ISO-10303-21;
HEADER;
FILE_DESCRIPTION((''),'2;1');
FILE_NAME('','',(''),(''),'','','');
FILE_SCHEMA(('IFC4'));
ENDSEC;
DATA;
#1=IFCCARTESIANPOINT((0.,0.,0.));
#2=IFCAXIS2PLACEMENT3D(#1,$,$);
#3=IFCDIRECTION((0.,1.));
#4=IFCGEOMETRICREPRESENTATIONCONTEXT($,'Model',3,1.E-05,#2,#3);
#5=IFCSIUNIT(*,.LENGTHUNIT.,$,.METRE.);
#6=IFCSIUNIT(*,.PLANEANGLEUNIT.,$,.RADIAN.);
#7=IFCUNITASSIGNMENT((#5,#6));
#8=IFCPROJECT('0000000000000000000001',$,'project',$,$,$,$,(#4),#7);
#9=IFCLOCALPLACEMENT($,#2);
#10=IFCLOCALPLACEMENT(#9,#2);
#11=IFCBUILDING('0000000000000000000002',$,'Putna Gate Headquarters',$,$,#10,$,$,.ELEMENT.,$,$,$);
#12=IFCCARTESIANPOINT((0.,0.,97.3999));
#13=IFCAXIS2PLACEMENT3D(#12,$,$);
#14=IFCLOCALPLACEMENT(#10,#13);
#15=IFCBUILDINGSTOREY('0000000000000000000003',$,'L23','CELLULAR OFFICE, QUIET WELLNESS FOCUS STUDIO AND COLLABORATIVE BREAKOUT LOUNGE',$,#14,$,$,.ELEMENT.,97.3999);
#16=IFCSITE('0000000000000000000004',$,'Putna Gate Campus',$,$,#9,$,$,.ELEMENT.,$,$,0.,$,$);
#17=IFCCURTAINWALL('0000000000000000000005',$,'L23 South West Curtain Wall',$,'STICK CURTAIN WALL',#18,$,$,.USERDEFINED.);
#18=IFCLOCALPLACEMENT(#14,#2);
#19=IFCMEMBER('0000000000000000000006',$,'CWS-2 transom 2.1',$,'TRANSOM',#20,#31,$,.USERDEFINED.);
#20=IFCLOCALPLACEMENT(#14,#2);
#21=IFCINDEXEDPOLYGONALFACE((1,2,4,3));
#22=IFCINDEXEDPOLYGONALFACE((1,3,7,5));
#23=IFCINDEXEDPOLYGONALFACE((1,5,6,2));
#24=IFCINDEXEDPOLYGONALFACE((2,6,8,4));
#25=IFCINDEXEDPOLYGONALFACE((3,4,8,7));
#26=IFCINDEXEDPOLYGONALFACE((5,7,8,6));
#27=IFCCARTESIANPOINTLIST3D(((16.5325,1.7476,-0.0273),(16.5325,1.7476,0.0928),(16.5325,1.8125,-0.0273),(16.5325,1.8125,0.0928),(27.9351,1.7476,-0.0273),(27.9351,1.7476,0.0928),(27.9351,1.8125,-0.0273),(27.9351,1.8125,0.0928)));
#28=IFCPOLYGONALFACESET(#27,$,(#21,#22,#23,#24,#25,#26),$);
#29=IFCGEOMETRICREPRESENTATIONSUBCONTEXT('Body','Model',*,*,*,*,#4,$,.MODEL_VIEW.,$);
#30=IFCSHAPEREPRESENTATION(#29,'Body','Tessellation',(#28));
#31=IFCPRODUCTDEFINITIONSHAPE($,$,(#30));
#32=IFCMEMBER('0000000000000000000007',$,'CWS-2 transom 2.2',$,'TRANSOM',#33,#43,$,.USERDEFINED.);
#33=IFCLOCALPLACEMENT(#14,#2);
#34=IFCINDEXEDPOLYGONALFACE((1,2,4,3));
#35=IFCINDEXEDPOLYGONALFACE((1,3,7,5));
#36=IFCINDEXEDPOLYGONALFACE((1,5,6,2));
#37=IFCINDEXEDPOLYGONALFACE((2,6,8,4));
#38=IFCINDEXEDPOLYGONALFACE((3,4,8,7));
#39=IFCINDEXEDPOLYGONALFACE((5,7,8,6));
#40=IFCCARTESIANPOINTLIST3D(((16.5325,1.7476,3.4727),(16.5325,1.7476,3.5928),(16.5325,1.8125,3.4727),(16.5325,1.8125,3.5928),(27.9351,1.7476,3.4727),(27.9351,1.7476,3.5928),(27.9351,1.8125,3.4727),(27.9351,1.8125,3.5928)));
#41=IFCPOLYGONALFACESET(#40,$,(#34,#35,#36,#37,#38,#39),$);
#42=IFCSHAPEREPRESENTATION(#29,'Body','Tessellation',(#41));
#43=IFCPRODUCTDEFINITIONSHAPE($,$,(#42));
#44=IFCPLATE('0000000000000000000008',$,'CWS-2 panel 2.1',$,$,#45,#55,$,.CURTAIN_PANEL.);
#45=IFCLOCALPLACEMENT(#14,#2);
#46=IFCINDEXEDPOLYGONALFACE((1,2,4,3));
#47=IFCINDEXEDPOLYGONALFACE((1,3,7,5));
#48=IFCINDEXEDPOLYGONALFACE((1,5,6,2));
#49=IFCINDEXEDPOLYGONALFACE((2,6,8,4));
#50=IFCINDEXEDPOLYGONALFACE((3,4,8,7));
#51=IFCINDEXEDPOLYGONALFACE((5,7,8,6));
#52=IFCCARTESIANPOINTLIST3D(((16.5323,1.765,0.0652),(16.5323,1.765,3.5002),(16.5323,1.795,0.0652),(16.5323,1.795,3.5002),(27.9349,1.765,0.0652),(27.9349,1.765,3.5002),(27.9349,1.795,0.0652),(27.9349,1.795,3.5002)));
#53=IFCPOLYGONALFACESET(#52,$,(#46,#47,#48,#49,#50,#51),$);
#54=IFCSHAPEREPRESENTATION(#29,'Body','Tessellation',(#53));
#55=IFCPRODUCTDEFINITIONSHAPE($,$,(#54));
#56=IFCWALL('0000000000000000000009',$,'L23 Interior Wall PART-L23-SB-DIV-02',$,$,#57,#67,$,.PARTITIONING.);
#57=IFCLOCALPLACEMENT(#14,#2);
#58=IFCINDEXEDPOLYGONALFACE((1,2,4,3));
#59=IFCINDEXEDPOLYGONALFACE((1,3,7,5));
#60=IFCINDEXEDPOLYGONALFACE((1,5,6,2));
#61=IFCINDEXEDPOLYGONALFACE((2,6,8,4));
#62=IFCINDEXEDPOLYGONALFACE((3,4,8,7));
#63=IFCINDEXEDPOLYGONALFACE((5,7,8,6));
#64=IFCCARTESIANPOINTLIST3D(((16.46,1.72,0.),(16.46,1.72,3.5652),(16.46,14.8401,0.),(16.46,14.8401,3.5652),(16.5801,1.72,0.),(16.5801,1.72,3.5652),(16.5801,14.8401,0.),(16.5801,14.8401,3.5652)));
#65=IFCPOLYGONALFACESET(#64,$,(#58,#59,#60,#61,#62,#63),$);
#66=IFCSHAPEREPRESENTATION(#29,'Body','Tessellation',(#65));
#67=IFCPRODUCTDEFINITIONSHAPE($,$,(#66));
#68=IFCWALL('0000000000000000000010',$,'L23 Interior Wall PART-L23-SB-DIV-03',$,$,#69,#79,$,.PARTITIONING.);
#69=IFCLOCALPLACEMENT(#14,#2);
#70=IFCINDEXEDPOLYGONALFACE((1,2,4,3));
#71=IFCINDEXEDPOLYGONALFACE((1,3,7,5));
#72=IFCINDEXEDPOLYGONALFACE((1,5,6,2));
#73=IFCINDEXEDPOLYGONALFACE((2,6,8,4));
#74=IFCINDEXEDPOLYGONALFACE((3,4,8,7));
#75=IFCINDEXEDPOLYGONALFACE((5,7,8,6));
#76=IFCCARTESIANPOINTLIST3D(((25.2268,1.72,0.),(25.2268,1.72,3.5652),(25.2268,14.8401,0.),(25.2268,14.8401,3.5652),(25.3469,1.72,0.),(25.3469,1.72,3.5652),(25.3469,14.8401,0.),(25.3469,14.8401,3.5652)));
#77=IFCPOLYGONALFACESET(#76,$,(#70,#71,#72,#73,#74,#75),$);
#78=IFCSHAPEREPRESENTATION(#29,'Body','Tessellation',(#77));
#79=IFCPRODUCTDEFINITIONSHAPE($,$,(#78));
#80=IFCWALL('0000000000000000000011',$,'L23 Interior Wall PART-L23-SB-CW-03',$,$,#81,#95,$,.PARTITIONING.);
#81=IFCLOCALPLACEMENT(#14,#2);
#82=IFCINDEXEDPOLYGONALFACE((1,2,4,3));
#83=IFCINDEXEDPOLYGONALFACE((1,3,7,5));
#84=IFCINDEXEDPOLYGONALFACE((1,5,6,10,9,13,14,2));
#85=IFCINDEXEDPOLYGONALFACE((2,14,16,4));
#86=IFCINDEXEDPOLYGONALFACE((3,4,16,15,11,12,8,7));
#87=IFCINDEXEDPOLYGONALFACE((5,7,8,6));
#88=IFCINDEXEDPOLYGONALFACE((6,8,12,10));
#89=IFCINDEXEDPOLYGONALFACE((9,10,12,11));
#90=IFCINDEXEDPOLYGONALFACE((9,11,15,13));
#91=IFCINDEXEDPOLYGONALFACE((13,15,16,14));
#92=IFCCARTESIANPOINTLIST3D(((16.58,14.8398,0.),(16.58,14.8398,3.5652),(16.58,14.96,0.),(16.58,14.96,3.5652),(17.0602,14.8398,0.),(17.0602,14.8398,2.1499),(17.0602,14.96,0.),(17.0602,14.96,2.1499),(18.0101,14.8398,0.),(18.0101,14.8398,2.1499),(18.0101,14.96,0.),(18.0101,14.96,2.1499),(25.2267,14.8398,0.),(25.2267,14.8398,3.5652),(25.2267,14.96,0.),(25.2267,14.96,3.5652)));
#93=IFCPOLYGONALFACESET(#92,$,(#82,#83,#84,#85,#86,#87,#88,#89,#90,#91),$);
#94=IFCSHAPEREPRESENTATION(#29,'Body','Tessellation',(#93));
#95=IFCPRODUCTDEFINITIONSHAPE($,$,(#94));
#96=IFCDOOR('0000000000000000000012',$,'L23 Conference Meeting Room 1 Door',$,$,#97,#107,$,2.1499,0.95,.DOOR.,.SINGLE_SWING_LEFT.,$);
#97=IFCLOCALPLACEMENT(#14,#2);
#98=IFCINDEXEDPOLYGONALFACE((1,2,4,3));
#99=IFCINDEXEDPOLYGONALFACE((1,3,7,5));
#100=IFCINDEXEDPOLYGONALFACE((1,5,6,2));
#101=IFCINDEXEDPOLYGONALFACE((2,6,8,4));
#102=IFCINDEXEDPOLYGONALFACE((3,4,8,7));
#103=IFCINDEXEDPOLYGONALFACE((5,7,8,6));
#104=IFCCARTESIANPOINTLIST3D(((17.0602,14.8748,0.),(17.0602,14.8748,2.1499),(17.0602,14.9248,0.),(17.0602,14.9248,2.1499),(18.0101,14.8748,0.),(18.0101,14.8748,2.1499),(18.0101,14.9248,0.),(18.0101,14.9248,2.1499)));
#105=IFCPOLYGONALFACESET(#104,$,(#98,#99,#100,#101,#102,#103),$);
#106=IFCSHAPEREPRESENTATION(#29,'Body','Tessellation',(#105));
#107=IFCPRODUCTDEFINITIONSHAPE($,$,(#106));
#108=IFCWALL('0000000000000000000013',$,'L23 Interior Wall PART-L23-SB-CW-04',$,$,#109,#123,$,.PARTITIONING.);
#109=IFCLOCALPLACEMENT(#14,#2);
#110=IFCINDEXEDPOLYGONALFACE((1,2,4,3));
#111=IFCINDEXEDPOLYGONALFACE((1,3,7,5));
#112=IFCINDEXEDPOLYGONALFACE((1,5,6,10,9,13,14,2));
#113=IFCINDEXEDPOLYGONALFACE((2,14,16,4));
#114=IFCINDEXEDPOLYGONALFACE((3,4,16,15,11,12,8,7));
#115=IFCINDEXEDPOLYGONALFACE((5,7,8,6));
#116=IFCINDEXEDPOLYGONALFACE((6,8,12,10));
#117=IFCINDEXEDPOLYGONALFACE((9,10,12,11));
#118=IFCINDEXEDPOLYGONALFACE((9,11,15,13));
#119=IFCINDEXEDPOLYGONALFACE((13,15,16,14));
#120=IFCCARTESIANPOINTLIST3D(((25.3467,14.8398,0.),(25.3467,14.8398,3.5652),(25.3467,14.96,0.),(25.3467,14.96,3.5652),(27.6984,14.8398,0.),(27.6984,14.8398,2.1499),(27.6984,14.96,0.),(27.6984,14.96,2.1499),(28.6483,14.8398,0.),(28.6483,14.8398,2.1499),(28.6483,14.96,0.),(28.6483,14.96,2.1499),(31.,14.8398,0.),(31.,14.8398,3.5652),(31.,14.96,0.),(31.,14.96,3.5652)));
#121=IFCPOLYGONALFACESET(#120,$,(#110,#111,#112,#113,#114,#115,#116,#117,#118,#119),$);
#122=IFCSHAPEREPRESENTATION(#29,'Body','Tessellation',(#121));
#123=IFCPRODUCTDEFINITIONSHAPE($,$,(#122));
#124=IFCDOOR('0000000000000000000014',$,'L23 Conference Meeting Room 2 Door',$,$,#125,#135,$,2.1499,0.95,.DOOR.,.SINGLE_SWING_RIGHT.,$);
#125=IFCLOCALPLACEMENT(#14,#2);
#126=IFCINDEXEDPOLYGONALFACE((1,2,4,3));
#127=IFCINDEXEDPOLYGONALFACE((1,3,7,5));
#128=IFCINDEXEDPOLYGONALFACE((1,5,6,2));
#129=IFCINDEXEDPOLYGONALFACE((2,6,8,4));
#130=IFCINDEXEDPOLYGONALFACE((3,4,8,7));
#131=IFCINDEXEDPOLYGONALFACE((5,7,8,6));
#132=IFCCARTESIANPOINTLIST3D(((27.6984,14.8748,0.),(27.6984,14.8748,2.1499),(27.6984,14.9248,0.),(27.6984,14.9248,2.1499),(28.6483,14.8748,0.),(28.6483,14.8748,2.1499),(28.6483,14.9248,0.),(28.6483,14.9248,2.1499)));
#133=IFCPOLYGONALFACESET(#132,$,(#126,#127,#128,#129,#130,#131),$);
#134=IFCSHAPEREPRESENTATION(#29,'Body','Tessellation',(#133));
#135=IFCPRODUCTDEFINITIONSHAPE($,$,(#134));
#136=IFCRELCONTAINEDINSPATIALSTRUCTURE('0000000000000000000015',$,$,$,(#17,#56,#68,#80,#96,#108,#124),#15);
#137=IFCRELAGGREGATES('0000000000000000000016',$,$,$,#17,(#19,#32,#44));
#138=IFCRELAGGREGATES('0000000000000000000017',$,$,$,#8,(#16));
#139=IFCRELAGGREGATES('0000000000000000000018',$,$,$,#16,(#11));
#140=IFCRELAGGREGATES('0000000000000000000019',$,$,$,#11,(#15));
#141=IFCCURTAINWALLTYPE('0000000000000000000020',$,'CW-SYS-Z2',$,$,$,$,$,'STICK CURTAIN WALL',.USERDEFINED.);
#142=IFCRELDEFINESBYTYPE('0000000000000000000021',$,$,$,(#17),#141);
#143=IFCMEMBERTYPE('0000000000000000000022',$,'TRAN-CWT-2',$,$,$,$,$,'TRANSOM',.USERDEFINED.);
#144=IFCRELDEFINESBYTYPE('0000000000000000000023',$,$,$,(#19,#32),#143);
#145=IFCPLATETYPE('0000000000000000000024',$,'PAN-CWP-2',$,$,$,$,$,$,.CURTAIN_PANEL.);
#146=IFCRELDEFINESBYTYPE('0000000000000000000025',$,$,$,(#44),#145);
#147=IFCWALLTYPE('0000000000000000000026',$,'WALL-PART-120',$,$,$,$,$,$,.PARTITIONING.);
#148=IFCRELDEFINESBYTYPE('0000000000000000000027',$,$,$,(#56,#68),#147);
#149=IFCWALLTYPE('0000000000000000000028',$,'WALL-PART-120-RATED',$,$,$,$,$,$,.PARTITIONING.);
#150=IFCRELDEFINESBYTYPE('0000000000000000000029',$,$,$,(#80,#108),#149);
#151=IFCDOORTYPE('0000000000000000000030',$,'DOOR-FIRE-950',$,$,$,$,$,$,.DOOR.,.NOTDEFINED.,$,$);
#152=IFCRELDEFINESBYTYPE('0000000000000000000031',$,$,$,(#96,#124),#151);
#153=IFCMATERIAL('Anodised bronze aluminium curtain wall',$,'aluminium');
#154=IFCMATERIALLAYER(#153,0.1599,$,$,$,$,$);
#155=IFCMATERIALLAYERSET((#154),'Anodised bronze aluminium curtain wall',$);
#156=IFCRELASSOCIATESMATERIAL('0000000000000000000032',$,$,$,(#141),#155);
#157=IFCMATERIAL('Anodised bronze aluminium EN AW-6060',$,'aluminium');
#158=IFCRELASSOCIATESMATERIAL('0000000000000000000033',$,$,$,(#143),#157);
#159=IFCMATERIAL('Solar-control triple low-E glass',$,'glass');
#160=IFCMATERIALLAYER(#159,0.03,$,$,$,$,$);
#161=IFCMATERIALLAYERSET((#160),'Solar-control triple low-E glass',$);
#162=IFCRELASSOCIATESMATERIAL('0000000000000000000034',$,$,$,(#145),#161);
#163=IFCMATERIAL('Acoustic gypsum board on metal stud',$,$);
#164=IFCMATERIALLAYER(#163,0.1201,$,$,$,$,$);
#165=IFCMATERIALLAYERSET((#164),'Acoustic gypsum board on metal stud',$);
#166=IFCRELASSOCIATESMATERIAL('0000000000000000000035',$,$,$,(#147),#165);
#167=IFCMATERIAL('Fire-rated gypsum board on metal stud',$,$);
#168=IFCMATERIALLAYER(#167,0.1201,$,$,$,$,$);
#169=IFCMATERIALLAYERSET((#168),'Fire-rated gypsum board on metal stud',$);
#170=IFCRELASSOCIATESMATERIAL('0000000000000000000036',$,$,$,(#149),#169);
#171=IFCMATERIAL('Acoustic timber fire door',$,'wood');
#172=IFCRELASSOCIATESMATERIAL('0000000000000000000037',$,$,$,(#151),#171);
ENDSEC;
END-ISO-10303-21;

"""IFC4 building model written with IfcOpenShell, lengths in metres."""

from ifc_helpers import new_model, si_unit, direction, frame, frame_2d, origin, origin_2d, place, context, subcontext, project, spatial, rectangle, extrude, material, layer, layer_set, material_profile, profile_set, type_object, element, fill, aggregate, save


model = new_model("IFC4")

# Units and contexts
model_context = context("Model", 3, precision=1e-05, world=origin(), true_north=direction((0.0, 1.0)))
body_context = subcontext(model_context, "Body", "Model", "MODEL_VIEW")
ifc_project = project(units=[si_unit("LENGTHUNIT", "METRE"), si_unit("PLANEANGLEUNIT", "RADIAN")], contexts=[model_context])

# Site, building, storey
site_placement = place(None, origin())
site = spatial("IfcSite", under=ifc_project, at=site_placement, Name="Putna Gate Campus", CompositionType="ELEMENT", RefElevation=0.0)
building_placement = place(site_placement, origin())
building = spatial("IfcBuilding", under=site, at=building_placement, Name="Putna Gate Headquarters", CompositionType="ELEMENT")
storey_placement = place(building_placement, frame((0.0, 0.0, 97.3999)))
storey = spatial("IfcBuildingStorey", under=building, at=storey_placement, Name="L23", Description="CELLULAR OFFICE, QUIET WELLNESS FOCUS STUDIO AND COLLABORATIVE BREAKOUT LOUNGE", CompositionType="ELEMENT", Elevation=97.3999)

# Curtain wall, members, plate
ifc_material_1 = material(Name="Anodised bronze aluminium curtain wall", Category="aluminium")
ifc_layer_1 = layer(ifc_material_1, 0.1599)
ifc_layer_set_1 = layer_set([ifc_layer_1], Name="Anodised bronze aluminium curtain wall")
curtain_wall_type = type_object("IfcCurtainWallType", Name="CW-SYS-Z2", ElementType="STICK CURTAIN WALL", PredefinedType="USERDEFINED", material=ifc_layer_set_1)
curtain_wall_placement = place(storey_placement, origin())
curtain_wall = element("IfcCurtainWall", 1, at=curtain_wall_placement, inside=storey, type_object=curtain_wall_type, Name="L23 South West Curtain Wall", ObjectType="STICK CURTAIN WALL", PredefinedType="USERDEFINED")
ifc_material_2 = material(Name="Anodised bronze aluminium EN AW-6060", Category="aluminium")
ifc_material_profile_1 = material_profile(ifc_material_2, rectangle(XDim=0.0649, YDim=0.1201, at=origin_2d()), Name="Anodised bronze aluminium EN AW-6060")
ifc_profile_set_1 = profile_set([ifc_material_profile_1], Name="Anodised bronze aluminium EN AW-6060")
member_type_1 = type_object("IfcMemberType", Name="TRAN-CWT-2", ElementType="TRANSOM", PredefinedType="USERDEFINED", material=ifc_profile_set_1)
member_1_placement = place(storey_placement, frame((16.5325, 1.78, 0.0327), z_axis=(1.0, 0.0, 0.0), x_axis=(0.0, 1.0, 0.0)))
member_1 = element("IfcMember", 2, at=member_1_placement, type_object=member_type_1, Name="CWS-2 transom 2.1", ObjectType="TRANSOM", PredefinedType="USERDEFINED", context=body_context, shape_type="SweptSolid", body=[
    extrude(rectangle(XDim=0.0649, YDim=0.1201, at=origin_2d()), origin(), (0.0, 0.0, 1.0), 11.4026),
])
member_2_placement = place(storey_placement, frame((16.5325, 1.78, 3.5327), z_axis=(1.0, 0.0, 0.0), x_axis=(0.0, 1.0, 0.0)))
member_2 = element("IfcMember", 3, at=member_2_placement, type_object=member_type_1, Name="CWS-2 transom 2.2", ObjectType="TRANSOM", PredefinedType="USERDEFINED", context=body_context, shape_type="SweptSolid", body=[
    extrude(rectangle(XDim=0.0649, YDim=0.1201, at=origin_2d()), origin(), (0.0, 0.0, 1.0), 11.4026),
])
ifc_material_3 = material(Name="Solar-control triple low-E glass", Category="glass")
ifc_layer_2 = layer(ifc_material_3, 0.03)
ifc_layer_set_2 = layer_set([ifc_layer_2], Name="Solar-control triple low-E glass")
plate_type = type_object("IfcPlateType", Name="PAN-CWP-2", PredefinedType="CURTAIN_PANEL", material=ifc_layer_set_2)
plate_placement = place(storey_placement, frame((22.2336, 1.78, 0.0652), z_axis=(0.0, 0.0, 1.0), x_axis=(1.0, 0.0, 0.0)))
plate = element("IfcPlate", 4, at=plate_placement, type_object=plate_type, Name="CWS-2 panel 2.1", PredefinedType="CURTAIN_PANEL", context=body_context, shape_type="SweptSolid", body=[
    extrude(rectangle(XDim=11.4026, YDim=0.03, at=origin_2d()), origin(), (0.0, 0.0, 1.0), 3.4351),
])
aggregate(curtain_wall, [member_1, member_2, plate])

# Walls
ifc_material_4 = material(Name="Acoustic gypsum board on metal stud")
ifc_layer_3 = layer(ifc_material_4, 0.1201)
ifc_layer_set_3 = layer_set([ifc_layer_3], Name="Acoustic gypsum board on metal stud")
wall_type_1 = type_object("IfcWallType", Name="WALL-PART-120", PredefinedType="PARTITIONING", material=ifc_layer_set_3)
for number, where, z_axis, x_axis, name in (
    (5, (16.52, 1.72, 0.0), (0.0, 0.0, 1.0), (0.0, 1.0, 0.0), "L23 Interior Wall PART-L23-SB-DIV-02"),
    (6, (25.2869, 1.72, 0.0), (0.0, 0.0, 1.0), (0.0, 1.0, 0.0), "L23 Interior Wall PART-L23-SB-DIV-03"),
):
    element("IfcWall", number, at=place(storey_placement, frame(where, z_axis=z_axis, x_axis=x_axis)), inside=storey, type_object=wall_type_1, Name=name, PredefinedType="PARTITIONING", context=body_context, shape_type="SweptSolid", body=[
        extrude(rectangle(XDim=13.1201, YDim=0.1201, at=frame_2d((6.5601, 0.0))), origin(), (0.0, 0.0, 1.0), 3.5652),
    ])

# Walls, openings, doors
ifc_material_5 = material(Name="Fire-rated gypsum board on metal stud")
ifc_layer_4 = layer(ifc_material_5, 0.1201)
ifc_layer_set_4 = layer_set([ifc_layer_4], Name="Fire-rated gypsum board on metal stud")
wall_type_2 = type_object("IfcWallType", Name="WALL-PART-120-RATED", PredefinedType="PARTITIONING", material=ifc_layer_set_4)
wall_1_placement = place(storey_placement, frame((16.5801, 14.8999, 0.0), z_axis=(0.0, 0.0, 1.0), x_axis=(1.0, 0.0, 0.0)))
wall_1 = element("IfcWall", 7, at=wall_1_placement, inside=storey, type_object=wall_type_2, Name="L23 Interior Wall PART-L23-SB-CW-03", PredefinedType="PARTITIONING", context=body_context, shape_type="SweptSolid", body=[
    extrude(rectangle(XDim=8.6467, YDim=0.1201, at=frame_2d((4.3232, 0.0))), origin(), (0.0, 0.0, 1.0), 3.5652),
])
opening_1_placement = place(wall_1_placement, frame((0.48, 0.0, 0.0)))
opening_1 = element("IfcOpeningElement", 8, at=opening_1_placement, cuts=wall_1, PredefinedType="OPENING", context=body_context, shape_type="SweptSolid", body=[
    extrude(rectangle(XDim=0.95, YDim=2.1499, at=frame_2d((0.4751, 1.075))), frame((0.0, 0.0701, 0.0), z_axis=(0.0, -1.0, 0.0), x_axis=(1.0, 0.0, 0.0)), (0.0, 0.0, 1.0), 0.1401),
])
ifc_material_6 = material(Name="Acoustic timber fire door", Category="wood")
door_type_1 = type_object("IfcDoorType", Name="DOOR-FIRE-950", OperationType="NOTDEFINED", PredefinedType="DOOR", material=ifc_material_6)
door_1_placement = place(opening_1_placement, origin())
door_1 = element("IfcDoor", 9, at=door_1_placement, inside=storey, type_object=door_type_1, Name="L23 Conference Meeting Room 1 Door", OperationType="SINGLE_SWING_LEFT", OverallHeight=2.1499, OverallWidth=0.95, PredefinedType="DOOR", context=body_context, shape_type="SweptSolid", body=[
    extrude(rectangle(XDim=0.95, YDim=2.1499, at=frame_2d((0.4751, 1.075))), frame((0.0, 0.0249, 0.0), z_axis=(0.0, -1.0, 0.0), x_axis=(1.0, 0.0, 0.0)), (0.0, 0.0, 1.0), 0.05),
])
fill(opening_1, door_1)
wall_2_placement = place(storey_placement, frame((25.3467, 14.8999, 0.0), z_axis=(0.0, 0.0, 1.0), x_axis=(1.0, 0.0, 0.0)))
wall_2 = element("IfcWall", 10, at=wall_2_placement, inside=storey, type_object=wall_type_2, Name="L23 Interior Wall PART-L23-SB-CW-04", PredefinedType="PARTITIONING", context=body_context, shape_type="SweptSolid", body=[
    extrude(rectangle(XDim=5.6533, YDim=0.1201, at=frame_2d((2.8267, 0.0))), origin(), (0.0, 0.0, 1.0), 3.5652),
])
opening_2_placement = place(wall_2_placement, frame((2.3516, 0.0, 0.0)))
opening_2 = element("IfcOpeningElement", 11, at=opening_2_placement, cuts=wall_2, PredefinedType="OPENING", context=body_context, shape_type="SweptSolid", body=[
    extrude(rectangle(XDim=0.95, YDim=2.1499, at=frame_2d((0.4751, 1.075))), frame((0.0, 0.0701, 0.0), z_axis=(0.0, -1.0, 0.0), x_axis=(1.0, 0.0, 0.0)), (0.0, 0.0, 1.0), 0.1401),
])
door_2_placement = place(opening_2_placement, origin())
door_2 = element("IfcDoor", 12, at=door_2_placement, inside=storey, type_object=door_type_1, Name="L23 Conference Meeting Room 2 Door", OperationType="SINGLE_SWING_RIGHT", OverallHeight=2.1499, OverallWidth=0.95, PredefinedType="DOOR", context=body_context, shape_type="SweptSolid", body=[
    extrude(rectangle(XDim=0.95, YDim=2.1499, at=frame_2d((0.4751, 1.075))), frame((0.0, 0.0249, 0.0), z_axis=(0.0, -1.0, 0.0), x_axis=(1.0, 0.0, 0.0)), (0.0, 0.0, 1.0), 0.05),
])
fill(opening_2, door_2)

save(model, "model.ifc")
